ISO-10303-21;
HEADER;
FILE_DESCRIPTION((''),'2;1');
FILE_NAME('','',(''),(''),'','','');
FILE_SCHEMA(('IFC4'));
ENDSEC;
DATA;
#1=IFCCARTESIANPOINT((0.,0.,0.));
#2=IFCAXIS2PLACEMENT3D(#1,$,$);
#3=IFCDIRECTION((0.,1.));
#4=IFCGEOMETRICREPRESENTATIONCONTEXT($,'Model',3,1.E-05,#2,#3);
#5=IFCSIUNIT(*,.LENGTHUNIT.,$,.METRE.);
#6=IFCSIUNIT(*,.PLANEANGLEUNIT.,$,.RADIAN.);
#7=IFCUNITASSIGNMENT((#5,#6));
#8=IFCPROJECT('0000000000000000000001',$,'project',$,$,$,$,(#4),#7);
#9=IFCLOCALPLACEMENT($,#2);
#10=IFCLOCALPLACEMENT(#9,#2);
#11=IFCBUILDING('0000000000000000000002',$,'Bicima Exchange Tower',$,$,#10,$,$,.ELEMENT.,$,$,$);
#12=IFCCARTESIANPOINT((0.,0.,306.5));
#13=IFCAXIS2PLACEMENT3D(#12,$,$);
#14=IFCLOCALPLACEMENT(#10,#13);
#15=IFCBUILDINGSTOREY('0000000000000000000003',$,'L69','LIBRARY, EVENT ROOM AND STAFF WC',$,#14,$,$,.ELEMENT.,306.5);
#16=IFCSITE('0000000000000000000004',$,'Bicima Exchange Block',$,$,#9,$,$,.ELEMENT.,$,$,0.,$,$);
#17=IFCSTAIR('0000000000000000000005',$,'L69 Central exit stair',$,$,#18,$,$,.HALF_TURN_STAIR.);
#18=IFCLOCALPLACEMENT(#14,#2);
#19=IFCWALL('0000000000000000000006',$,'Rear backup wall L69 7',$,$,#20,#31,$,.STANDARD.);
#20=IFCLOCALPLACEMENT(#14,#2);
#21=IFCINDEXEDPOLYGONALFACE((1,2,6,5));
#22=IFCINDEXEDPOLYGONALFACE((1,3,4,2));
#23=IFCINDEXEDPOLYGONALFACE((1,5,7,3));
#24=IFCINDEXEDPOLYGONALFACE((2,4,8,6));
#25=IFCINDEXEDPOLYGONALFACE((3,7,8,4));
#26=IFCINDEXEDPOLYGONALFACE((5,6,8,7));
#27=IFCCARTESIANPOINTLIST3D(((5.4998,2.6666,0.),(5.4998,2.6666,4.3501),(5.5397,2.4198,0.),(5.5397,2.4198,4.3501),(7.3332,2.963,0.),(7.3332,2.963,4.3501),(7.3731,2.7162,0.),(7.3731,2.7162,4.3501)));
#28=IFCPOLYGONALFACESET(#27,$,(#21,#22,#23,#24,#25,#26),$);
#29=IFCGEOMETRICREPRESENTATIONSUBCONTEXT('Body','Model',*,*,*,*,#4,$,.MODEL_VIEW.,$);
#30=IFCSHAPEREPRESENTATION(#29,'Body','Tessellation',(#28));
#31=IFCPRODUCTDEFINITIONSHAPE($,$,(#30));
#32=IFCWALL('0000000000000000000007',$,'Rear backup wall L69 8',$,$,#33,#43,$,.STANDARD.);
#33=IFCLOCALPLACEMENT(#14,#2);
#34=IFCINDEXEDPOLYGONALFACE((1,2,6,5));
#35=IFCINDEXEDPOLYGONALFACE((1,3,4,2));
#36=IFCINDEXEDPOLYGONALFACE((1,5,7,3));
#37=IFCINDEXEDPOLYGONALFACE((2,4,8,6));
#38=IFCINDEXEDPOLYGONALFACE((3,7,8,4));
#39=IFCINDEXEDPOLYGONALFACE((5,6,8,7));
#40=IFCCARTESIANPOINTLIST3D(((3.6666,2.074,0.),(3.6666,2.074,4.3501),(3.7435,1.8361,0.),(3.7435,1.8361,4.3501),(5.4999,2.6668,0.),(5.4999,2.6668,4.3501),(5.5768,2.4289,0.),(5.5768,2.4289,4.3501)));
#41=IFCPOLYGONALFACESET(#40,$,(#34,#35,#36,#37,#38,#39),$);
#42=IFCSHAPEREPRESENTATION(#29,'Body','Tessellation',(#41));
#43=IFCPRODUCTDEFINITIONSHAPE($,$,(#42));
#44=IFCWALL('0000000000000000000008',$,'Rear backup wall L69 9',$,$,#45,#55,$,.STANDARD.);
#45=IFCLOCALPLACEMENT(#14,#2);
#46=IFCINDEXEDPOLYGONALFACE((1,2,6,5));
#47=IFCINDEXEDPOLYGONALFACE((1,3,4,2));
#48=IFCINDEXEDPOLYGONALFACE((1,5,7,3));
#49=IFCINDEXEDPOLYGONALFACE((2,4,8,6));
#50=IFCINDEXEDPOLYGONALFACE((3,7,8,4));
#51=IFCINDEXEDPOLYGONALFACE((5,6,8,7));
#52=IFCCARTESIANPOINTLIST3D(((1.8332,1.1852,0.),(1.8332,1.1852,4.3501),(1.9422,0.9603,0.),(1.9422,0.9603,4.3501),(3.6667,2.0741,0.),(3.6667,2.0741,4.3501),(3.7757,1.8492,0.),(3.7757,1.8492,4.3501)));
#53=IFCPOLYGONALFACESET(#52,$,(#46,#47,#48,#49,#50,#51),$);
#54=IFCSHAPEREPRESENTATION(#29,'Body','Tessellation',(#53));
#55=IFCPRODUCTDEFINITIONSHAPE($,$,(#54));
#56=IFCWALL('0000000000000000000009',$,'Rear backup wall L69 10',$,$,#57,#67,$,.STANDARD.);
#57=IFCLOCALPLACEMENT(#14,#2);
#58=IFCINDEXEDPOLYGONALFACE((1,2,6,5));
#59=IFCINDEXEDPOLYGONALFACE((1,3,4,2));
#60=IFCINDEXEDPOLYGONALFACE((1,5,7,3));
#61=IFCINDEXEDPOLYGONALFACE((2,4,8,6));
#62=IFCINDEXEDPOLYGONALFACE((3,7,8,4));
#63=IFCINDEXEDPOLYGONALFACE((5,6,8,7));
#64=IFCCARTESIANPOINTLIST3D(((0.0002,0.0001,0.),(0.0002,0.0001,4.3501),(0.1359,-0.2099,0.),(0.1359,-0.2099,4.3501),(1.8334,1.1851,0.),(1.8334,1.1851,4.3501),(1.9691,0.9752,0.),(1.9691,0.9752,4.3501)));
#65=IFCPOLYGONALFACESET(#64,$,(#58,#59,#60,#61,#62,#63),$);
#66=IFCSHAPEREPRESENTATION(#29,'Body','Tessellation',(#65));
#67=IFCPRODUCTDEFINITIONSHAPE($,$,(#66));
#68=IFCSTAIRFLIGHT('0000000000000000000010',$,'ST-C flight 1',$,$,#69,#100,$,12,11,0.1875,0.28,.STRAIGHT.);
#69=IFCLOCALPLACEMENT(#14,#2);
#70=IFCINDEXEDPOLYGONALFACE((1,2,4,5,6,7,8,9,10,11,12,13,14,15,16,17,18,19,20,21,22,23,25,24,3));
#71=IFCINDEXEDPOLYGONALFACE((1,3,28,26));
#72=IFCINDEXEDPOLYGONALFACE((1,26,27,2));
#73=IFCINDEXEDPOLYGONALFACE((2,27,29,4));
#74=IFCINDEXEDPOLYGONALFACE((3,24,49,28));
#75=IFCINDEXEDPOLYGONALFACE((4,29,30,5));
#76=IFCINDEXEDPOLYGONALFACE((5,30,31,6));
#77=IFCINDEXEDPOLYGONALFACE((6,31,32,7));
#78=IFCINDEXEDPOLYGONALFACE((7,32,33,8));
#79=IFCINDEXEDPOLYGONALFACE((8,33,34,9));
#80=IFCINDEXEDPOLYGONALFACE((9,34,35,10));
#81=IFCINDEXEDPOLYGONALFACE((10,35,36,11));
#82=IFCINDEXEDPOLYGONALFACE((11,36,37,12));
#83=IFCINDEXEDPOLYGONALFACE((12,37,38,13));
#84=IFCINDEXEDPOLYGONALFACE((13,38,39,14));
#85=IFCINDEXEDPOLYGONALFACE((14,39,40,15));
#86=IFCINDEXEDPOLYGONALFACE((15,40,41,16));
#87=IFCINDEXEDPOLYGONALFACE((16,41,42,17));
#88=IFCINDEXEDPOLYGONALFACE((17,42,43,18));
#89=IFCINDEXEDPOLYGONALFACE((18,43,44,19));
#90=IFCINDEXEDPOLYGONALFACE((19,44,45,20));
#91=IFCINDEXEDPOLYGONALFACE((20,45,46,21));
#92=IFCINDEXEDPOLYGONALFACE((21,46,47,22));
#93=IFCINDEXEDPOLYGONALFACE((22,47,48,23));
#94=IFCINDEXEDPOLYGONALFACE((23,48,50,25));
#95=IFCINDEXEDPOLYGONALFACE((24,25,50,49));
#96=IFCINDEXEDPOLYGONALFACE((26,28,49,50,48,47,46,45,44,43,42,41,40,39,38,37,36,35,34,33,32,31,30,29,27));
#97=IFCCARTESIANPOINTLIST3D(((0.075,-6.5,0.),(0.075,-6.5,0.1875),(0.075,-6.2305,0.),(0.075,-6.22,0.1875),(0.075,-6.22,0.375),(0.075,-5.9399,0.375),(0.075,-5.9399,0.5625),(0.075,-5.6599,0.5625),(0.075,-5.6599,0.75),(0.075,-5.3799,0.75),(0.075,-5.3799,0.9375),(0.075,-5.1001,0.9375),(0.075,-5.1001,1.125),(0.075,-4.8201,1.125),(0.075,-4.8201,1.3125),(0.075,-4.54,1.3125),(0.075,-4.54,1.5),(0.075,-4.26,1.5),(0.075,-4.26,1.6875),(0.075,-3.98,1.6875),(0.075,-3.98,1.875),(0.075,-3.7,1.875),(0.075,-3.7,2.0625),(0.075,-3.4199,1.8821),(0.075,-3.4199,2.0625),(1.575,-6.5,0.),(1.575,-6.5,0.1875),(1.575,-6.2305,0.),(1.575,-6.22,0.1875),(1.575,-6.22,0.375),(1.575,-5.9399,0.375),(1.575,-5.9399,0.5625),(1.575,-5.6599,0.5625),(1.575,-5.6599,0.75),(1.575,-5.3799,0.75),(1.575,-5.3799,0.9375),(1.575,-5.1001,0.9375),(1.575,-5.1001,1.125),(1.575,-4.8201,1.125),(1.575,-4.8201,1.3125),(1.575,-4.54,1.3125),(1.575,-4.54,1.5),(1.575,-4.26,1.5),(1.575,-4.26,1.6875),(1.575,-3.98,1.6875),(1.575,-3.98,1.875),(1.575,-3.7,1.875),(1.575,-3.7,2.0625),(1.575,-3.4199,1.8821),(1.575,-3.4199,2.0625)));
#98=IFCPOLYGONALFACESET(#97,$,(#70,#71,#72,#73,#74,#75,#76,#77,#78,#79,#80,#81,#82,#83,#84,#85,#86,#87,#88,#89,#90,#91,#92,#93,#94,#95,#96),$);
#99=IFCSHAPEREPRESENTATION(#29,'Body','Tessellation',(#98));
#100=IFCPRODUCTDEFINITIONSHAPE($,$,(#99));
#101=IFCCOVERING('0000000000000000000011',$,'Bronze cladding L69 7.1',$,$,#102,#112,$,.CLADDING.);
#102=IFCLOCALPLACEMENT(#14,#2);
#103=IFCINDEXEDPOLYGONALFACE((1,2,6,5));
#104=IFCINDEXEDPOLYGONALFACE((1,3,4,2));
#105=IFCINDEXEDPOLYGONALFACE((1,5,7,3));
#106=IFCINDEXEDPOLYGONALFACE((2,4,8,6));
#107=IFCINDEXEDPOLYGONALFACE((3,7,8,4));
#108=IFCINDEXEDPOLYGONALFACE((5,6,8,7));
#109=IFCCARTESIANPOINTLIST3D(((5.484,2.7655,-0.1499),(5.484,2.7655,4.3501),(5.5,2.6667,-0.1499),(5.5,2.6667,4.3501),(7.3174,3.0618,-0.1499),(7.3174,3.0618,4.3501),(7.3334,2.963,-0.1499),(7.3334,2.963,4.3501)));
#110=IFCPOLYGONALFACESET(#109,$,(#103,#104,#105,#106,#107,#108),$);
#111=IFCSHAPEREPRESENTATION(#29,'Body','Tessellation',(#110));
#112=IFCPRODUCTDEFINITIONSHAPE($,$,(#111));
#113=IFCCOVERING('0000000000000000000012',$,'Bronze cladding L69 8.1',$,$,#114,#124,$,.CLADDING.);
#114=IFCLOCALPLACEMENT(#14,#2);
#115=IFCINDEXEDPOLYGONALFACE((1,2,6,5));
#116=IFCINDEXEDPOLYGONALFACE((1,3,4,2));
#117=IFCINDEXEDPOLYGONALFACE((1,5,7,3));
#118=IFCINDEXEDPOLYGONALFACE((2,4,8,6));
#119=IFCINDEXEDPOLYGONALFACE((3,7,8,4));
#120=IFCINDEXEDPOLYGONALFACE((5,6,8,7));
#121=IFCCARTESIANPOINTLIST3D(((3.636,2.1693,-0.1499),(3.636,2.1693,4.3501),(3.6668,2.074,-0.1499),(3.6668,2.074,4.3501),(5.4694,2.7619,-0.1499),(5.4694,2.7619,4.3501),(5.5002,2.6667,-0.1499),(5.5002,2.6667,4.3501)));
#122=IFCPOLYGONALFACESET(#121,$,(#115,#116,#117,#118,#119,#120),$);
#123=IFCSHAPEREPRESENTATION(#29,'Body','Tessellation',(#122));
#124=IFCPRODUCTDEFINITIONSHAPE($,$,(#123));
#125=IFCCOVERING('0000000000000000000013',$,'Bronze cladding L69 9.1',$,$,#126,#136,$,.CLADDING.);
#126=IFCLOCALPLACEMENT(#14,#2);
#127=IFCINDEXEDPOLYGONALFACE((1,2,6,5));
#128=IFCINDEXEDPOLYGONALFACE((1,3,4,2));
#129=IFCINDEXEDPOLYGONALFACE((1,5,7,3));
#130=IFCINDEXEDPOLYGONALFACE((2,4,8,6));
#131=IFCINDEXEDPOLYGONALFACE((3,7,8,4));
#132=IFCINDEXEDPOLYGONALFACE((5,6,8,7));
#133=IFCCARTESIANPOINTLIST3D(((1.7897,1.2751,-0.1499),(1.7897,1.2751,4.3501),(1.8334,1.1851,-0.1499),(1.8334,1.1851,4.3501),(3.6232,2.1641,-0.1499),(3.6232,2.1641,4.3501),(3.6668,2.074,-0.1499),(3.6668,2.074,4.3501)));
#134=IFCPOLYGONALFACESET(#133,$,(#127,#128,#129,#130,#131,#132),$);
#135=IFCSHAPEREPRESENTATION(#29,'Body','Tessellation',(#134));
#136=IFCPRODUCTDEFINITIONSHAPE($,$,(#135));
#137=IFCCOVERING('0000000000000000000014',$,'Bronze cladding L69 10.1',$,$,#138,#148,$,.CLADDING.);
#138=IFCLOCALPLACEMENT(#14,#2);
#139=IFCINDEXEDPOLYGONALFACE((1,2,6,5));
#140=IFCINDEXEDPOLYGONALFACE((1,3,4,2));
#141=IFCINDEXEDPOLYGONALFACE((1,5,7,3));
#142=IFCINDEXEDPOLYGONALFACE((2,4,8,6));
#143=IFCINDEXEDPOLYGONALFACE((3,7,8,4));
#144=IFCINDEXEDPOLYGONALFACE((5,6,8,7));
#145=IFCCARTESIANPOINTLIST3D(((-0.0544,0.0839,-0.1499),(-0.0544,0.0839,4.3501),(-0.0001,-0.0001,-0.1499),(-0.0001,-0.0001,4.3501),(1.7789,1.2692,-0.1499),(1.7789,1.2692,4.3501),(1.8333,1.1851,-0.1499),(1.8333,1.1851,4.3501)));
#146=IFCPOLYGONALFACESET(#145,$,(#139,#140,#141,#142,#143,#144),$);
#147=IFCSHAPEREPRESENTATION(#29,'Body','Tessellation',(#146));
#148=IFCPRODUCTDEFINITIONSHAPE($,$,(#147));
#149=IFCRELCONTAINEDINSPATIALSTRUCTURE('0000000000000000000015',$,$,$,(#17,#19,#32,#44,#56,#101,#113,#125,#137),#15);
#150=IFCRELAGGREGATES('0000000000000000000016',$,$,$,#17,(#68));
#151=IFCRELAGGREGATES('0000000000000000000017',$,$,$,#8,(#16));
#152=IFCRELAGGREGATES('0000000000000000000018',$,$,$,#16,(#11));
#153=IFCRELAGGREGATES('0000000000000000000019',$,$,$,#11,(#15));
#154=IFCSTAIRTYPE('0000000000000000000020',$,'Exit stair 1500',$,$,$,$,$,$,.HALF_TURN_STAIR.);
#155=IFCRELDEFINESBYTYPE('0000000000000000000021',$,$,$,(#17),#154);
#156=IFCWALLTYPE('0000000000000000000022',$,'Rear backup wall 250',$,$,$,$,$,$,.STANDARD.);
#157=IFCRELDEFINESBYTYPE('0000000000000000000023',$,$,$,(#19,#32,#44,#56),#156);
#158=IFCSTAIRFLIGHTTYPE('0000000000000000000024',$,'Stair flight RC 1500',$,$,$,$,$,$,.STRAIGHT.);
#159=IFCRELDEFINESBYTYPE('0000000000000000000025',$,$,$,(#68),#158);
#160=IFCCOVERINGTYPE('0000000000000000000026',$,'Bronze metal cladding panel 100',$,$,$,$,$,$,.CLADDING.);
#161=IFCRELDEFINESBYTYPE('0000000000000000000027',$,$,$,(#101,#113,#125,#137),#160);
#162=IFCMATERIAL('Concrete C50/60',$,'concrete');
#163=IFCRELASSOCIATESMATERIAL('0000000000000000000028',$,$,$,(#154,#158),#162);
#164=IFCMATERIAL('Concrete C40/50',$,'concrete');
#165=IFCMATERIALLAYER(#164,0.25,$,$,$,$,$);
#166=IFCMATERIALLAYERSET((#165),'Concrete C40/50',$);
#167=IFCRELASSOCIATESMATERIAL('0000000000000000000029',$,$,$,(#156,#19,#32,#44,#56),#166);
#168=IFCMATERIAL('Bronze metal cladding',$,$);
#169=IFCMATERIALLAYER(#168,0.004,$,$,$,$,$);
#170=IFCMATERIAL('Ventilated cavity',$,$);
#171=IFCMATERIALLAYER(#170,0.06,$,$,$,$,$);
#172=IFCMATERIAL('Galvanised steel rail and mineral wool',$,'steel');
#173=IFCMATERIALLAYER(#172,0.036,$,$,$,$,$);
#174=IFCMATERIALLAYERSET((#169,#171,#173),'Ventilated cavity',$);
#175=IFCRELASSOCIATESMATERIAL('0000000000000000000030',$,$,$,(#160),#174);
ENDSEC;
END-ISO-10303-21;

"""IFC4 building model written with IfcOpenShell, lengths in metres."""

from ifc_helpers import new_model, si_unit, direction, frame, frame_2d, origin, origin_2d, place, context, subcontext, project, spatial, polyline, rectangle, outline, extrude, material, layer, layer_set, layer_usage, type_object, element, aggregate, save


model = new_model("IFC4")

# Units and contexts
model_context = context("Model", 3, precision=1e-05, world=origin(), true_north=direction((0.0, 1.0)))
body_context = subcontext(model_context, "Body", "Model", "MODEL_VIEW")
ifc_project = project(units=[si_unit("LENGTHUNIT", "METRE"), si_unit("PLANEANGLEUNIT", "RADIAN")], contexts=[model_context])

# Site, building, storey
site_placement = place(None, origin())
site = spatial("IfcSite", under=ifc_project, at=site_placement, Name="Bicima Exchange Block", CompositionType="ELEMENT", RefElevation=0.0)
building_placement = place(site_placement, origin())
building = spatial("IfcBuilding", under=site, at=building_placement, Name="Bicima Exchange Tower", CompositionType="ELEMENT")
storey_placement = place(building_placement, frame((0.0, 0.0, 306.5)))
storey = spatial("IfcBuildingStorey", under=building, at=storey_placement, Name="L69", Description="LIBRARY, EVENT ROOM AND STAFF WC", CompositionType="ELEMENT", Elevation=306.5)

# Shared definitions
ifc_material_1 = material(Name="Concrete C40/50", Category="concrete")

# Stair
ifc_material_2 = material(Name="Concrete C50/60", Category="concrete")
stair_type_1 = type_object("IfcStairType", Name="Exit stair 1500", PredefinedType="HALF_TURN_STAIR", material=ifc_material_2)
stair_1_placement = place(storey_placement, origin())
stair_1 = element("IfcStair", 1, at=stair_1_placement, inside=storey, type_object=stair_type_1, Name="L69 Central exit stair", PredefinedType="HALF_TURN_STAIR")

# Walls
ifc_layer_1 = layer(ifc_material_1, 0.25)
ifc_layer_set_1 = layer_set([ifc_layer_1], Name="Concrete C40/50")
ifc_layer_usage = layer_usage(ifc_layer_set_1, "AXIS2", "POSITIVE", -0.125)
wall_type_1 = type_object("IfcWallType", Name="Rear backup wall 250", PredefinedType="STANDARD", material=ifc_layer_set_1)
wall_1_placement = place(storey_placement, frame((7.3533, 2.8396, 0.0), z_axis=(0.0, 0.0, 1.0), x_axis=(-0.987182, -0.1596, 0.0)))
element("IfcWall", 2, at=wall_1_placement, inside=storey, type_object=wall_type_1, material=ifc_layer_usage, Name="Rear backup wall L69 7", PredefinedType="STANDARD", context=body_context, shape_type="SweptSolid", body=[
    extrude(rectangle(XDim=1.8572, YDim=0.25, at=frame_2d((0.9287, 0.0))), origin(), (0.0, 0.0, 1.0), 4.3501),
])
wall_2_placement = place(storey_placement, frame((5.5383, 2.5479, 0.0), z_axis=(0.0, 0.0, 1.0), x_axis=(-0.951496, -0.307662, 0.0)))
element("IfcWall", 3, at=wall_2_placement, inside=storey, type_object=wall_type_1, material=ifc_layer_usage, Name="Rear backup wall L69 8", PredefinedType="STANDARD", context=body_context, shape_type="SweptSolid", body=[
    extrude(rectangle(XDim=1.9268, YDim=0.25, at=frame_2d((0.9634, 0.0))), origin(), (0.0, 0.0, 1.0), 4.3501),
])
wall_3_placement = place(storey_placement, frame((3.7212, 1.9617, 0.0), z_axis=(0.0, 0.0, 1.0), x_axis=(-0.899824, -0.436253, 0.0)))
element("IfcWall", 4, at=wall_3_placement, inside=storey, type_object=wall_type_1, material=ifc_layer_usage, Name="Rear backup wall L69 9", PredefinedType="STANDARD", context=body_context, shape_type="SweptSolid", body=[
    extrude(rectangle(XDim=2.0376, YDim=0.25, at=frame_2d((1.0188, 0.0))), origin(), (0.0, 0.0, 1.0), 4.3501),
])
wall_4_placement = place(storey_placement, frame((1.9011, 1.0801, 0.0), z_axis=(0.0, 0.0, 1.0), x_axis=(-0.839813, -0.542876, 0.0)))
element("IfcWall", 5, at=wall_4_placement, inside=storey, type_object=wall_type_1, material=ifc_layer_usage, Name="Rear backup wall L69 10", PredefinedType="STANDARD", context=body_context, shape_type="SweptSolid", body=[
    extrude(rectangle(XDim=2.1829, YDim=0.25, at=frame_2d((1.0913, 0.0))), origin(), (0.0, 0.0, 1.0), 4.3501),
])

# Stair flight
stair_flight_type = type_object("IfcStairFlightType", Name="Stair flight RC 1500", PredefinedType="STRAIGHT", material=ifc_material_2)
stair_flight_placement = place(storey_placement, frame((0.825, -6.5, 0.0), z_axis=(0.0, 0.0, 1.0), x_axis=(0.0, 1.0, 0.0)))
stair_flight = element("IfcStairFlight", 6, at=stair_flight_placement, type_object=stair_flight_type, Name="ST-C flight 1", NumberOfRisers=12, NumberOfTreads=11, PredefinedType="STRAIGHT", RiserHeight=0.1875, TreadLength=0.28, context=body_context, shape_type="SweptSolid", body=[
    extrude(outline(polyline([(0.0, 0.0), (0.0, 0.1875), (0.28, 0.1875), (0.28, 0.375), (0.5601, 0.375), (0.5601, 0.5625), (0.8401, 0.5625), (0.8401, 0.75), (1.1201, 0.75), (1.1201, 0.9375), (1.3999, 0.9375), (1.3999, 1.125), (1.6799, 1.125), (1.6799, 1.3125), (1.96, 1.3125), (1.96, 1.5), (2.24, 1.5), (2.24, 1.6875), (2.52, 1.6875), (2.52, 1.875), (2.8, 1.875), (2.8, 2.0625), (3.0801, 2.0625), (3.0801, 2.25), (3.0801, 1.8821), (0.2695, 0.0), (0.0, 0.0)])), frame((0.0, 0.75, 0.0), z_axis=(0.0, -1.0, 0.0), x_axis=(1.0, 0.0, 0.0)), (0.0, 0.0, 1.0), 1.5),
])
aggregate(stair_1, [stair_flight])

# Coverings
ifc_material_3 = material(Name="Bronze metal cladding")
ifc_layer_2 = layer(ifc_material_3, 0.004)
ifc_material_4 = material(Name="Ventilated cavity")
ifc_layer_3 = layer(ifc_material_4, 0.06)
ifc_material_5 = material(Name="Galvanised steel rail and mineral wool", Category="steel")
ifc_layer_4 = layer(ifc_material_5, 0.036)
ifc_layer_set_2 = layer_set([ifc_layer_2, ifc_layer_3, ifc_layer_4], Name="Ventilated cavity")
covering_type = type_object("IfcCoveringType", Name="Bronze metal cladding panel 100", PredefinedType="CLADDING", material=ifc_layer_set_2)
covering_1_placement = place(storey_placement, frame((6.4087, 2.8643, -0.1499), z_axis=(0.0, 0.0, 1.0), x_axis=(-0.98719, -0.15955, 0.0)))
element("IfcCovering", 7, at=covering_1_placement, inside=storey, type_object=covering_type, Name="Bronze cladding L69 7.1", PredefinedType="CLADDING", context=body_context, shape_type="SweptSolid", body=[
    extrude(rectangle(XDim=1.8572, YDim=0.1001, at=origin_2d()), origin(), (0.0, 0.0, 1.0), 4.5),
])
covering_2_placement = place(storey_placement, frame((4.5681, 2.418, -0.1499), z_axis=(0.0, 0.0, 1.0), x_axis=(-0.951525, -0.307573, 0.0)))
element("IfcCovering", 8, at=covering_2_placement, inside=storey, type_object=covering_type, Name="Bronze cladding L69 8.1", PredefinedType="CLADDING", context=body_context, shape_type="SweptSolid", body=[
    extrude(rectangle(XDim=1.9268, YDim=0.1001, at=origin_2d()), origin(), (0.0, 0.0, 1.0), 4.5),
])
covering_3_placement = place(storey_placement, frame((2.7283, 1.6746, -0.1499), z_axis=(0.0, 0.0, 1.0), x_axis=(-0.899818, -0.436265, 0.0)))
element("IfcCovering", 9, at=covering_3_placement, inside=storey, type_object=covering_type, Name="Bronze cladding L69 9.1", PredefinedType="CLADDING", context=body_context, shape_type="SweptSolid", body=[
    extrude(rectangle(XDim=2.0376, YDim=0.1001, at=origin_2d()), origin(), (0.0, 0.0, 1.0), 4.5),
])
covering_4_placement = place(storey_placement, frame((0.8894, 0.6345, -0.1499), z_axis=(0.0, 0.0, 1.0), x_axis=(-0.83979, -0.542911, 0.0)))
element("IfcCovering", 10, at=covering_4_placement, inside=storey, type_object=covering_type, Name="Bronze cladding L69 10.1", PredefinedType="CLADDING", context=body_context, shape_type="SweptSolid", body=[
    extrude(rectangle(XDim=2.1831, YDim=0.1001, at=origin_2d()), origin(), (0.0, 0.0, 1.0), 4.5),
])

save(model, "model.ifc")
